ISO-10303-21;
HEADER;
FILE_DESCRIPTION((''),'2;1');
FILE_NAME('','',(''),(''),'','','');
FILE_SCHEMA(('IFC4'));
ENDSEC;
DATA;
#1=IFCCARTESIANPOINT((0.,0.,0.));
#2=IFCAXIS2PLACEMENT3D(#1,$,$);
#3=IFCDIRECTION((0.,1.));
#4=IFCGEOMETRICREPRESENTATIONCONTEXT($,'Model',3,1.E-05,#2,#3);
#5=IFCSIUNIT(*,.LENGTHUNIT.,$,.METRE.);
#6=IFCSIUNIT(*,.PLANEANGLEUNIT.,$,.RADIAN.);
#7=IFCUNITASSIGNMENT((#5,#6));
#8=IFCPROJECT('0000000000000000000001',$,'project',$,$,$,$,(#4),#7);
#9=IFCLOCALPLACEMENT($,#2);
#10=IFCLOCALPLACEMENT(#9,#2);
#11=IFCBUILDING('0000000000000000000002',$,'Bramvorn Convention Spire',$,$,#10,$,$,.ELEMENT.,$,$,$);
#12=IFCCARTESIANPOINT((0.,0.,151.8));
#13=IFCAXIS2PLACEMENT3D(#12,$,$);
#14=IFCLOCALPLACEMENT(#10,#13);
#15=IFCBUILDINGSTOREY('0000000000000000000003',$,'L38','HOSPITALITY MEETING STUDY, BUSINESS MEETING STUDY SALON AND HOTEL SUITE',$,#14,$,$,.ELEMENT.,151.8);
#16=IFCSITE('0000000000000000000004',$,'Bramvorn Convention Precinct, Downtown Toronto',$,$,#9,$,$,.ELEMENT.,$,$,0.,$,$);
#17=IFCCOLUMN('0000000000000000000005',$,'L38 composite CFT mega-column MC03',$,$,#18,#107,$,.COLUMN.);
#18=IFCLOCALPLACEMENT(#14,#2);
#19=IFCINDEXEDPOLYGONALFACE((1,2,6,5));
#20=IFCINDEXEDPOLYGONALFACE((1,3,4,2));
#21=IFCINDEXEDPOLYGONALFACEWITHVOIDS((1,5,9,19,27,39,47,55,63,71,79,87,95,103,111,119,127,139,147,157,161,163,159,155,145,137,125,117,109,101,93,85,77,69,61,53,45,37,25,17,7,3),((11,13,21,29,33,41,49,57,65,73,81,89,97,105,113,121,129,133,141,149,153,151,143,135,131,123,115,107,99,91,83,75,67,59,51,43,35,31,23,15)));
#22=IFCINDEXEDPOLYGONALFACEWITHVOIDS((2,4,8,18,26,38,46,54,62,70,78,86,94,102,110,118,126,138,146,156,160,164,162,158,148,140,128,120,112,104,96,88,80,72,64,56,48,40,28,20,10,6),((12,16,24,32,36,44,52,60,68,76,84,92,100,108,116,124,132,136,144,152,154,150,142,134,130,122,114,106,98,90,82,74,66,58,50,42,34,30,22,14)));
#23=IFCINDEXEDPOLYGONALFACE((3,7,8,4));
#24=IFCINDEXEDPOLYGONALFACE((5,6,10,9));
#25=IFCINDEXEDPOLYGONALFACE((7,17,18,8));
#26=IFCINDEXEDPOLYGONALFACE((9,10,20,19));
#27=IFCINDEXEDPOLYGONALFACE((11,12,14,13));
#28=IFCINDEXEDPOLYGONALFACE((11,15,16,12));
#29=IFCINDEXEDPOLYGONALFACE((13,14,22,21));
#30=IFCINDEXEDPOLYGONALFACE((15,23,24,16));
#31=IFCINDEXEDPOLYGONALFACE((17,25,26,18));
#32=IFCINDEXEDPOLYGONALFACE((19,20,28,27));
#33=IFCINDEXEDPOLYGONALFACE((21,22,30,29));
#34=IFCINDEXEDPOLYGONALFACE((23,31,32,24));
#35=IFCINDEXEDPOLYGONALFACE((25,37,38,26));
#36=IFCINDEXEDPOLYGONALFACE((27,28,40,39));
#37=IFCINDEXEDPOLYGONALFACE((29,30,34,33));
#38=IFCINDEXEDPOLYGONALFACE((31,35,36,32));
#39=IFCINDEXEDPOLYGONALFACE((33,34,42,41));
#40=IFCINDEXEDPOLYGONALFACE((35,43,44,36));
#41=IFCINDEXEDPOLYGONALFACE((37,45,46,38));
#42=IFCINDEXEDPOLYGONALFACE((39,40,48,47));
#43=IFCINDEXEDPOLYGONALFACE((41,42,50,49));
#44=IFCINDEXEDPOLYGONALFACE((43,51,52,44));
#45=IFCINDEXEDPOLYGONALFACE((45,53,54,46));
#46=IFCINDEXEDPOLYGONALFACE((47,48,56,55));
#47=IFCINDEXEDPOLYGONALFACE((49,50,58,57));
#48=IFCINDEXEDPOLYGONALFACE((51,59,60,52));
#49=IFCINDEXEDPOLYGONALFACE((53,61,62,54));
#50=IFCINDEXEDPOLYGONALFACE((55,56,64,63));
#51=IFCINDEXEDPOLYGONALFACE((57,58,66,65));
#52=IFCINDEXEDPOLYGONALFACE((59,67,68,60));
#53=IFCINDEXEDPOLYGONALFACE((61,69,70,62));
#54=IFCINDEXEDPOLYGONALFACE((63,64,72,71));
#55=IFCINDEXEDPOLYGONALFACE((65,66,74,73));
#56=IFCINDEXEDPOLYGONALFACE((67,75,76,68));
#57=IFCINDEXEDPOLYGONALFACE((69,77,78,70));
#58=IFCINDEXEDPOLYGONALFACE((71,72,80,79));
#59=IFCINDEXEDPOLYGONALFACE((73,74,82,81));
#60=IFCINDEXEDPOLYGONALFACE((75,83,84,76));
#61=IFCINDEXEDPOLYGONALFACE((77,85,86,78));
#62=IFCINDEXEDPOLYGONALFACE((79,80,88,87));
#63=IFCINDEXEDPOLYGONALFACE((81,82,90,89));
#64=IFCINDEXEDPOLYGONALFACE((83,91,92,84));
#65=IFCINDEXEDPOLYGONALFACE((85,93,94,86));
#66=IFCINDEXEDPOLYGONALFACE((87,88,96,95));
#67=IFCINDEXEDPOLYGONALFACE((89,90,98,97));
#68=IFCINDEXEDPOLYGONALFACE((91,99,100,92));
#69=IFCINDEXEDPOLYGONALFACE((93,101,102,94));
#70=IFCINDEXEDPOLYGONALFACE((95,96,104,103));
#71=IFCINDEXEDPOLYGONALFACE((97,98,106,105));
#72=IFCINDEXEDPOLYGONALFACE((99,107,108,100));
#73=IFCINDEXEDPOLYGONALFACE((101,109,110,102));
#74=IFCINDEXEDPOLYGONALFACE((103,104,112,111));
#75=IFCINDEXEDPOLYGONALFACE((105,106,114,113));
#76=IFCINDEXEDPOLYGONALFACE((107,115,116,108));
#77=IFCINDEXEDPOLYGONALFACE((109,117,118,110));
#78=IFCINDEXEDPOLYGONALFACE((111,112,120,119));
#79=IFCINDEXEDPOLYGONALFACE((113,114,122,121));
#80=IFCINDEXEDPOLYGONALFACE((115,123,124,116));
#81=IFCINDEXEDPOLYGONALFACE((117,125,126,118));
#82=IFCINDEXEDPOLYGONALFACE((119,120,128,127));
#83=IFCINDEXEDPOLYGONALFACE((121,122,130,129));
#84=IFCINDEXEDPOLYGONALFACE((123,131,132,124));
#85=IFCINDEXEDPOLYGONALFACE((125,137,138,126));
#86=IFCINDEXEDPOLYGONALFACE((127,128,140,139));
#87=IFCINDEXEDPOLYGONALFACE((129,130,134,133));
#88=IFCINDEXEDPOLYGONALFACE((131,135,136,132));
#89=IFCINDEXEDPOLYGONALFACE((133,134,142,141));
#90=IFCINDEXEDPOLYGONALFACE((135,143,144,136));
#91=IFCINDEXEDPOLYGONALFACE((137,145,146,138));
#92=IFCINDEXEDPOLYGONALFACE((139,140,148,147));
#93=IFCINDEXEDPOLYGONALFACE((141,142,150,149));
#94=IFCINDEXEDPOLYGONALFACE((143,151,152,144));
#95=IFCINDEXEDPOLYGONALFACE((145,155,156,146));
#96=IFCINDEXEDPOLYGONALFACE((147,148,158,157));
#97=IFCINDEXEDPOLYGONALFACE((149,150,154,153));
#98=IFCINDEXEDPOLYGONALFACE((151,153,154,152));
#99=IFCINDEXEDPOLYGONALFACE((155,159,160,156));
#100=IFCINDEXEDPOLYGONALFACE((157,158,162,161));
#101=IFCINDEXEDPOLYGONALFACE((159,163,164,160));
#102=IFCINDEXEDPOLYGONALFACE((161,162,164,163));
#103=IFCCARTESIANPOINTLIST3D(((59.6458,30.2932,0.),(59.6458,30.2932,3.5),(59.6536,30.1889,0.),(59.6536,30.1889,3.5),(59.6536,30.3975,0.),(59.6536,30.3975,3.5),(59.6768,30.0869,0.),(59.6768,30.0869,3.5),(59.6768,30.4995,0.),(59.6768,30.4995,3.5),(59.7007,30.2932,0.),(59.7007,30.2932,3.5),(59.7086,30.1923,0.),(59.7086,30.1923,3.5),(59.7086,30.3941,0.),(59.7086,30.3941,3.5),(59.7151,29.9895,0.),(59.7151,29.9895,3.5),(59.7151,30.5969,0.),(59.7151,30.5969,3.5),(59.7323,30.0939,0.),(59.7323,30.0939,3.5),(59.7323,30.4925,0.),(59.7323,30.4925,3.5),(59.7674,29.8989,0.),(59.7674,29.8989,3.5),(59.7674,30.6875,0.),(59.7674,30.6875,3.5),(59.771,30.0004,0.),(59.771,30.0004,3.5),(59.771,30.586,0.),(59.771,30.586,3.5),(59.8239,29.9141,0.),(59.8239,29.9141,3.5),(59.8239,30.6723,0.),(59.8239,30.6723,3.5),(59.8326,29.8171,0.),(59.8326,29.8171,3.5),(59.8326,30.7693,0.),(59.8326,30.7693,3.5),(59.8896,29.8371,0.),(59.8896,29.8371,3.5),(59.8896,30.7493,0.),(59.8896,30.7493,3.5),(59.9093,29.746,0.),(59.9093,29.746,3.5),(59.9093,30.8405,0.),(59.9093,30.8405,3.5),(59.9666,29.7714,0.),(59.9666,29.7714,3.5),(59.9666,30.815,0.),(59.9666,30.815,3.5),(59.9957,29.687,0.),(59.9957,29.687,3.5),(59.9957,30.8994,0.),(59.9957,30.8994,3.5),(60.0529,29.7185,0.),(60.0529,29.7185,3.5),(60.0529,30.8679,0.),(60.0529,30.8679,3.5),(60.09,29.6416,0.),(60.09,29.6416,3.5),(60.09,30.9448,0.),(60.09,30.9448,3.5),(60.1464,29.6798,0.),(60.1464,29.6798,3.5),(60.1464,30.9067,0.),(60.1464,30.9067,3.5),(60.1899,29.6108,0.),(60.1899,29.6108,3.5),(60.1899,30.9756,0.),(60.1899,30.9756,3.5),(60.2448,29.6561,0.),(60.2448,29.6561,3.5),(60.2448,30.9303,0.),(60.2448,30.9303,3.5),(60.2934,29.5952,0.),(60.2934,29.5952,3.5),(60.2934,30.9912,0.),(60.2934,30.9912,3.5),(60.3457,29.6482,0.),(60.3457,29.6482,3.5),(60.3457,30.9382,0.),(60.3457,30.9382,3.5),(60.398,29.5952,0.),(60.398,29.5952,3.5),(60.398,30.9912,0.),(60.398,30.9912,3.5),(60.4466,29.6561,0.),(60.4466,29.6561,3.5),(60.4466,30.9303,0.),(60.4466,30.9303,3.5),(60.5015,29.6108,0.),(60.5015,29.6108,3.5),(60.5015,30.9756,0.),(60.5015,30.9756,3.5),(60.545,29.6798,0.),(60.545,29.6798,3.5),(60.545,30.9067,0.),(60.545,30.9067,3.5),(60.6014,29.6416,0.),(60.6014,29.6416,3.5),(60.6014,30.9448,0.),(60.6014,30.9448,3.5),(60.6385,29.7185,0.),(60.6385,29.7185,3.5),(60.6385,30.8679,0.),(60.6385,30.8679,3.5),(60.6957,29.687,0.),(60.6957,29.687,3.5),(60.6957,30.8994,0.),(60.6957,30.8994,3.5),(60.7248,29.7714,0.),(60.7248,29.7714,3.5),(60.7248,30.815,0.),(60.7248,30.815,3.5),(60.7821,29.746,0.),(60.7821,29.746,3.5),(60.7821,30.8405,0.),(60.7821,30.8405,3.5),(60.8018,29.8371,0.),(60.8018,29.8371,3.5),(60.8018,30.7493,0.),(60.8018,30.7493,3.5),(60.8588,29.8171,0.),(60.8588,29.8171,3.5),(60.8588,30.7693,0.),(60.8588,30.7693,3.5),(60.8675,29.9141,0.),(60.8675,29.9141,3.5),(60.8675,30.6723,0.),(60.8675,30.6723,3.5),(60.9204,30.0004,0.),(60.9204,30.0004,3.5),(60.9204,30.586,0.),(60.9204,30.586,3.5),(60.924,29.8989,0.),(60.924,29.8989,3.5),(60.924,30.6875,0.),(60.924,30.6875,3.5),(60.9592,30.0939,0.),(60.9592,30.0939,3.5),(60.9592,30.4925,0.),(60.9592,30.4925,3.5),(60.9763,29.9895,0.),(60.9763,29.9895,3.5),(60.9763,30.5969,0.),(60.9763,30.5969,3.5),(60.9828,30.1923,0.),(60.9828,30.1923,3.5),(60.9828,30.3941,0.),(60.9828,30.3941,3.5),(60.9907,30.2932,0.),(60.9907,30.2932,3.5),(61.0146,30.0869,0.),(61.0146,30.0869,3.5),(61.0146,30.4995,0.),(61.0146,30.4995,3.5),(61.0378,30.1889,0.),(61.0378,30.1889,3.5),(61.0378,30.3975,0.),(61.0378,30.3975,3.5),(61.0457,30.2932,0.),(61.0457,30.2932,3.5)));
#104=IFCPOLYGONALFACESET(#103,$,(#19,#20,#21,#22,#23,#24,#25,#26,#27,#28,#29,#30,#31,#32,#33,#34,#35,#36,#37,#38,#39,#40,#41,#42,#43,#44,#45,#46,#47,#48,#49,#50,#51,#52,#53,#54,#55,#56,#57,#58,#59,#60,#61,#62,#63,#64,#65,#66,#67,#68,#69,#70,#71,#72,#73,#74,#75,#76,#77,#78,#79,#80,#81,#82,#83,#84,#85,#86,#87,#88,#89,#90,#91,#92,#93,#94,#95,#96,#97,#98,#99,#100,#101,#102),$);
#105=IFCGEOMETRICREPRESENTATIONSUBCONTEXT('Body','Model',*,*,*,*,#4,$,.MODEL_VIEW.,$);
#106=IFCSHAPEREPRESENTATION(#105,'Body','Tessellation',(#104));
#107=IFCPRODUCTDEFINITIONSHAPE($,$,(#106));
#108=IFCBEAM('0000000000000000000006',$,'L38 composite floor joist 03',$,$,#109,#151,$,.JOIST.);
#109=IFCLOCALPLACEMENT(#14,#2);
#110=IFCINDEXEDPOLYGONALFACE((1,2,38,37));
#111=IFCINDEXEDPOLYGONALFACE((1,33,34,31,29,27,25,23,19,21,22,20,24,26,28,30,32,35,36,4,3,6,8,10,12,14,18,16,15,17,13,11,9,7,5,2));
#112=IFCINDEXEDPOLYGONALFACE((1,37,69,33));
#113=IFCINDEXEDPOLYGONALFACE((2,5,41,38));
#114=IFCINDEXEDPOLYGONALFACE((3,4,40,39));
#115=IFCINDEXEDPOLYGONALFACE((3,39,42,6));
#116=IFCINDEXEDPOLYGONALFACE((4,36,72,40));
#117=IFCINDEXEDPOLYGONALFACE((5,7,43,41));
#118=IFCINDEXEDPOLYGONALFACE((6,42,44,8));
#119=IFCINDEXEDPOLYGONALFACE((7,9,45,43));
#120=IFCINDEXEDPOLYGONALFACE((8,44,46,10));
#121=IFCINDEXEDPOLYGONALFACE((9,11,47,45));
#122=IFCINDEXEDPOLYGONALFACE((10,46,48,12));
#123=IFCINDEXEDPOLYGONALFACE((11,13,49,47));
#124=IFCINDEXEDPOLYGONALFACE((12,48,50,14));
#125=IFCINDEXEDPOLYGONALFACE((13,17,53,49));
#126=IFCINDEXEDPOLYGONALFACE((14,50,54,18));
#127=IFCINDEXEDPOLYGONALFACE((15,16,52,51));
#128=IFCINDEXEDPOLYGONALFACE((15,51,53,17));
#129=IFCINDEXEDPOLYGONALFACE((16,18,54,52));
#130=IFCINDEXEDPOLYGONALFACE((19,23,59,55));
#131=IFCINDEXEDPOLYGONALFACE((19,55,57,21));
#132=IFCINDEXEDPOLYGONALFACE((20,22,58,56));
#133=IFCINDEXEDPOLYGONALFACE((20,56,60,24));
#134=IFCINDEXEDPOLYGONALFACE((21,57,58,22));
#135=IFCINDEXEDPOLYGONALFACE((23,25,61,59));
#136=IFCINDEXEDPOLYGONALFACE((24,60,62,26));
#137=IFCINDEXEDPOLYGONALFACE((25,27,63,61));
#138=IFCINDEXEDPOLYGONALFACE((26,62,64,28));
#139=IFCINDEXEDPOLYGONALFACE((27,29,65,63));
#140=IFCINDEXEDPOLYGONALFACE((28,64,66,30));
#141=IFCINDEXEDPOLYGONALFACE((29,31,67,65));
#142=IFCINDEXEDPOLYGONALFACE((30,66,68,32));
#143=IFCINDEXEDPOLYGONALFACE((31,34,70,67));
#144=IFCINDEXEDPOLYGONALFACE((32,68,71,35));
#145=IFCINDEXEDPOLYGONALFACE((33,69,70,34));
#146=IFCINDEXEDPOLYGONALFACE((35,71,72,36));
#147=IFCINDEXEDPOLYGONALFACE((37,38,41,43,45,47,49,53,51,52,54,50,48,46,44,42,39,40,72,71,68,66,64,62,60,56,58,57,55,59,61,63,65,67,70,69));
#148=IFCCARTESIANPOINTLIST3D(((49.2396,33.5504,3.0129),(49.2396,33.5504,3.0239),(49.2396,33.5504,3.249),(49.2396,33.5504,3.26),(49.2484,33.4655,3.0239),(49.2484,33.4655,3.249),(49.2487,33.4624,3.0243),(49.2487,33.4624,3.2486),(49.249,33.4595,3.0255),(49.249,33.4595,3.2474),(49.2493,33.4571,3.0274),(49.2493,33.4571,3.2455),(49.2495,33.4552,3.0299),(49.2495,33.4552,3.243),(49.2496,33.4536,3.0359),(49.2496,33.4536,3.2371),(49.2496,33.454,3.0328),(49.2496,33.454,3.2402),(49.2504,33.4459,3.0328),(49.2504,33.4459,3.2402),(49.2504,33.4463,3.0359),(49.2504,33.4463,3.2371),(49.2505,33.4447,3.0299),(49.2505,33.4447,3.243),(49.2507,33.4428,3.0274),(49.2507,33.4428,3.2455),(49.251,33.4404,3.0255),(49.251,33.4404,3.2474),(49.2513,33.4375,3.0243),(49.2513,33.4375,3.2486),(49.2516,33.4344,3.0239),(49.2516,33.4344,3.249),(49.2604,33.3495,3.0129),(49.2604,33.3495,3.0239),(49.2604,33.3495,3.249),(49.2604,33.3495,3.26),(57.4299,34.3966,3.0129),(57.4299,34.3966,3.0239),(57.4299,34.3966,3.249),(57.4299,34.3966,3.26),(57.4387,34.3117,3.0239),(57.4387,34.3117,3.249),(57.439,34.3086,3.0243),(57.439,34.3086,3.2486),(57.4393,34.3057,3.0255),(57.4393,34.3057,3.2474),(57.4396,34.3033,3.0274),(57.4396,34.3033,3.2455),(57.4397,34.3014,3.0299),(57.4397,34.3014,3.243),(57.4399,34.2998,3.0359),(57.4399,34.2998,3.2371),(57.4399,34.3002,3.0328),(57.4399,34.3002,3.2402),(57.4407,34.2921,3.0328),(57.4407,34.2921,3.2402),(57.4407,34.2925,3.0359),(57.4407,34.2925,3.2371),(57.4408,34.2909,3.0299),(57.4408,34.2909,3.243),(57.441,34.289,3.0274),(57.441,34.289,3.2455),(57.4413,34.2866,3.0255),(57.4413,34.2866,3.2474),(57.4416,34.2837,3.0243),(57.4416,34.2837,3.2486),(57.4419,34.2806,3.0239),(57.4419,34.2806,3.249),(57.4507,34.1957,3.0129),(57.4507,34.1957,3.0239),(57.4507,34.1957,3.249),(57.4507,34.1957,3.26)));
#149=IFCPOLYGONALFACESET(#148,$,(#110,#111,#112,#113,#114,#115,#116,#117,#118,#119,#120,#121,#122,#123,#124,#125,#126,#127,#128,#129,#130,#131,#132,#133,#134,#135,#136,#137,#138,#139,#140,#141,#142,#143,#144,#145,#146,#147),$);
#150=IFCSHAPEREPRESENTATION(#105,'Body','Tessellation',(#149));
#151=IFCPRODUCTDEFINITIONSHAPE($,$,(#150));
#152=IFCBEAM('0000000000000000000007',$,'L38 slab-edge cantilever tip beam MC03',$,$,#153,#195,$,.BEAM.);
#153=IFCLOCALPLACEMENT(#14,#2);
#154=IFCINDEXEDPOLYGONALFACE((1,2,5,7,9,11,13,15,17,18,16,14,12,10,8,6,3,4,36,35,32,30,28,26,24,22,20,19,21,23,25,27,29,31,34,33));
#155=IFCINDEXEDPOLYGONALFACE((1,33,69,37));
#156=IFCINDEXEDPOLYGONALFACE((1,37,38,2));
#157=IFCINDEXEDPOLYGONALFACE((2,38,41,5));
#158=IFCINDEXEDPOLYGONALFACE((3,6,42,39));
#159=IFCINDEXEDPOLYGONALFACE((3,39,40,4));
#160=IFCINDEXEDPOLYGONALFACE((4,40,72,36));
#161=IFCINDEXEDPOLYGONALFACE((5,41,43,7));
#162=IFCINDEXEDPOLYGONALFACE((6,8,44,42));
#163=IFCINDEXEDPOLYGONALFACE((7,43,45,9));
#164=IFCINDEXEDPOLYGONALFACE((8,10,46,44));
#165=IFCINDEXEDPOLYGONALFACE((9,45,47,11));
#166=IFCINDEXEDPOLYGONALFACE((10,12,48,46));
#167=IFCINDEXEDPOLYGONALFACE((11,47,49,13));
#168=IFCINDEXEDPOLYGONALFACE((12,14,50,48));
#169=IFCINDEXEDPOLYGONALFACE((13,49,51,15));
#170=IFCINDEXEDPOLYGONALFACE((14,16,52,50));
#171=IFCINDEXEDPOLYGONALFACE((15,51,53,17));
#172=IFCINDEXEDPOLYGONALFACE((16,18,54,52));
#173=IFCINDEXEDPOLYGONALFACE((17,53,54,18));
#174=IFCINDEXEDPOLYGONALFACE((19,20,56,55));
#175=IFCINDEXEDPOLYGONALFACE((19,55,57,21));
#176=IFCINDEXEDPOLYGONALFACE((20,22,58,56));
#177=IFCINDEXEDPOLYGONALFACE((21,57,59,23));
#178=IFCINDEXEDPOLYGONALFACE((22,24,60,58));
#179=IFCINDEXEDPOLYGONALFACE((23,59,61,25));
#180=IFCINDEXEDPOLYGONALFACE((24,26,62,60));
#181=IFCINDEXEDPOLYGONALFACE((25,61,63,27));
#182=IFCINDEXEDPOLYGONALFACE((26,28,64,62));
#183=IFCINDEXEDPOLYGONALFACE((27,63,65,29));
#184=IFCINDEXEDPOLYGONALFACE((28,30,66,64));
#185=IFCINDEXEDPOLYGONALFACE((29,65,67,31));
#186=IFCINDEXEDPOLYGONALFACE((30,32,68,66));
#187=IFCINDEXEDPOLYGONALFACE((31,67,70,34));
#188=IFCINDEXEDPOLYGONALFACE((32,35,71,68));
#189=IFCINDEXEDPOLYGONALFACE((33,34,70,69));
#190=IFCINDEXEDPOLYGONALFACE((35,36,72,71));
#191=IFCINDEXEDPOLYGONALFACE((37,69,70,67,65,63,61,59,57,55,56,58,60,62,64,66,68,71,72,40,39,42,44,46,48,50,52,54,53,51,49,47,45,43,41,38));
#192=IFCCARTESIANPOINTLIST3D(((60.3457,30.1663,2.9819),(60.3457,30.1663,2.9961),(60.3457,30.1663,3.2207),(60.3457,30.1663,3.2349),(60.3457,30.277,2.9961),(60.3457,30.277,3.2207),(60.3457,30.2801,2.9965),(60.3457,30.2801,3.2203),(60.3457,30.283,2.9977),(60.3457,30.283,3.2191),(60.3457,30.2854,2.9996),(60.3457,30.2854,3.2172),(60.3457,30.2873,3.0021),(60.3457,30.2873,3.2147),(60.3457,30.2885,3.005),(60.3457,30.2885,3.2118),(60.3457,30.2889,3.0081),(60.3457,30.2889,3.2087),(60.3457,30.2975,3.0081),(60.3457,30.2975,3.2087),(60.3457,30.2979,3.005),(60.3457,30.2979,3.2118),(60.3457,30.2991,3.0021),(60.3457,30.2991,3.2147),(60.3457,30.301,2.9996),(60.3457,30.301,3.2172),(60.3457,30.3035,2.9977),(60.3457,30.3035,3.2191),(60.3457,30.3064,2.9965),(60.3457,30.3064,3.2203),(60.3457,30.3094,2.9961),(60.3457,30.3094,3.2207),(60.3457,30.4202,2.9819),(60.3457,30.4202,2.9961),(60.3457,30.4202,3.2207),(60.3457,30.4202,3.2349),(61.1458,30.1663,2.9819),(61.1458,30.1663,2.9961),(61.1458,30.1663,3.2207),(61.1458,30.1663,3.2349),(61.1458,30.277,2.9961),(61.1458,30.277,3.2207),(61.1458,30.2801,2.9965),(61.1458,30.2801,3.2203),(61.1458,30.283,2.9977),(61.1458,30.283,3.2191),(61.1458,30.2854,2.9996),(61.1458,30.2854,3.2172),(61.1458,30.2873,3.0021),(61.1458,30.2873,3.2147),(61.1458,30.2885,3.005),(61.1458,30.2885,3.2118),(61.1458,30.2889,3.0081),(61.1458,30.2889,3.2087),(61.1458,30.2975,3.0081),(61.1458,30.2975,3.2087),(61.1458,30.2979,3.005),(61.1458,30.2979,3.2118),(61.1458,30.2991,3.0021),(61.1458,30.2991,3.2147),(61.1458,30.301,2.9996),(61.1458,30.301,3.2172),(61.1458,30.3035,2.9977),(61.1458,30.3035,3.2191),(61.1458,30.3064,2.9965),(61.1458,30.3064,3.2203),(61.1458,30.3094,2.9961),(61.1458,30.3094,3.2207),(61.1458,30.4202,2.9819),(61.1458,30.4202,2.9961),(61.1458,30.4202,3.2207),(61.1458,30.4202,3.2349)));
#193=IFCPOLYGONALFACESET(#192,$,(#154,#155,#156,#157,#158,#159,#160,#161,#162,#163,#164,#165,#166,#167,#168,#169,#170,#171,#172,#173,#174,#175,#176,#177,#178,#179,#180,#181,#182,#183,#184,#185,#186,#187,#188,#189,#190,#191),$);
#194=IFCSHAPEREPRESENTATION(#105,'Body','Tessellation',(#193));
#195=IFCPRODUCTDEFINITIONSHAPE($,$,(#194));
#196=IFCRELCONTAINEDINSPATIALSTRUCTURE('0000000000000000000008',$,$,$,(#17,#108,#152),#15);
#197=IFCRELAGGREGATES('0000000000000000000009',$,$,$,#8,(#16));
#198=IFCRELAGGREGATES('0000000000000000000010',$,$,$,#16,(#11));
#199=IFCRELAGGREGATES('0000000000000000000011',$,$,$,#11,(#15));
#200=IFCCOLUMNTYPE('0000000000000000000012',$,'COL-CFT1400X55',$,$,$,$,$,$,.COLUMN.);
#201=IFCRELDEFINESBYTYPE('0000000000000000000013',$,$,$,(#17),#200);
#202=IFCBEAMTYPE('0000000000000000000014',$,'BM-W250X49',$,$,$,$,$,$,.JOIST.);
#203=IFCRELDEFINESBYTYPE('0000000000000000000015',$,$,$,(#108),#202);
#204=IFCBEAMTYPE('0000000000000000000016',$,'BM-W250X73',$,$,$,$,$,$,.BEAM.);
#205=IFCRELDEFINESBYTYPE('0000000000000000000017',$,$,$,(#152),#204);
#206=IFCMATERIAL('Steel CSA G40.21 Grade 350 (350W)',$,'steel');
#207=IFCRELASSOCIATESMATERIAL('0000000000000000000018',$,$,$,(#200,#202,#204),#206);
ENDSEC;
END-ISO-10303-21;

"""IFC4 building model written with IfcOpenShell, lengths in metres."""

from ifc_helpers import new_model, si_unit, direction, frame, origin, origin_2d, place, context, subcontext, project, spatial, hollow_circle, i_section, extrude, material, material_profile, profile_set, type_object, element, save


model = new_model("IFC4")

# Units and contexts
model_context = context("Model", 3, precision=1e-05, world=origin(), true_north=direction((0.0, 1.0)))
body_context = subcontext(model_context, "Body", "Model", "MODEL_VIEW")
ifc_project = project(units=[si_unit("LENGTHUNIT", "METRE"), si_unit("PLANEANGLEUNIT", "RADIAN")], contexts=[model_context])

# Site, building, storey
site_placement = place(None, origin())
site = spatial("IfcSite", under=ifc_project, at=site_placement, Name="Bramvorn Convention Precinct, Downtown Toronto", CompositionType="ELEMENT", RefElevation=0.0)
building_placement = place(site_placement, origin())
building = spatial("IfcBuilding", under=site, at=building_placement, Name="Bramvorn Convention Spire", CompositionType="ELEMENT")
storey_placement = place(building_placement, frame((0.0, 0.0, 151.8)))
storey = spatial("IfcBuildingStorey", under=building, at=storey_placement, Name="L38", Description="HOSPITALITY MEETING STUDY, BUSINESS MEETING STUDY SALON AND HOTEL SUITE", CompositionType="ELEMENT", Elevation=151.8)

# Column
ifc_material_1 = material(Name="Steel CSA G40.21 Grade 350 (350W)", Category="steel")
ifc_material_profile_1 = material_profile(ifc_material_1, hollow_circle(Radius=0.7, WallThickness=0.0549, at=origin_2d()))
ifc_profile_set_1 = profile_set([ifc_material_profile_1], Name="Steel CSA G40.21 Grade 350 (350W) - CFT1400X55")
column_type = type_object("IfcColumnType", Name="COL-CFT1400X55", PredefinedType="COLUMN", material=ifc_profile_set_1)
column_placement = place(storey_placement, frame((60.3457, 30.2932, 0.0), z_axis=(0.0, 0.0, 1.0), x_axis=(1.0, 0.0, 0.0)))
element("IfcColumn", 1, at=column_placement, inside=storey, type_object=column_type, Name="L38 composite CFT mega-column MC03", PredefinedType="COLUMN", context=body_context, shape_type="SweptSolid", body=[
    extrude(hollow_circle(Radius=0.7, WallThickness=0.0549, at=origin_2d()), origin(), (0.0, 0.0, 1.0), 3.5),
])

# Beams
ifc_material_profile_2 = material_profile(ifc_material_1, i_section(OverallWidth=0.2019, OverallDepth=0.2471, WebThickness=0.0073, FlangeThickness=0.011, FilletRadius=0.012, at=origin_2d()))
ifc_profile_set_2 = profile_set([ifc_material_profile_2], Name="Steel CSA G40.21 Grade 350 (350W) - W250X49")
beam_type_1 = type_object("IfcBeamType", Name="BM-W250X49", PredefinedType="JOIST", material=ifc_profile_set_2)
beam_1_placement = place(storey_placement, frame((49.25, 33.45, 3.1365), z_axis=(0.994705, 0.102771, 0.0), x_axis=(-0.102771, 0.994705, 0.0)))
element("IfcBeam", 2, at=beam_1_placement, inside=storey, type_object=beam_type_1, Name="L38 composite floor joist 03", PredefinedType="JOIST", context=body_context, shape_type="SweptSolid", body=[
    extrude(i_section(OverallWidth=0.2019, OverallDepth=0.2471, WebThickness=0.0073, FlangeThickness=0.011, FilletRadius=0.012, at=origin_2d()), origin(), (0.0, 0.0, 1.0), 8.2339),
])
ifc_material_profile_3 = material_profile(ifc_material_1, i_section(OverallWidth=0.2539, OverallDepth=0.2529, WebThickness=0.0085, FlangeThickness=0.0142, FilletRadius=0.012, at=origin_2d()))
ifc_profile_set_3 = profile_set([ifc_material_profile_3], Name="Steel CSA G40.21 Grade 350 (350W) - W250X73")
beam_type_2 = type_object("IfcBeamType", Name="BM-W250X73", PredefinedType="BEAM", material=ifc_profile_set_3)
beam_2_placement = place(storey_placement, frame((60.3457, 30.2932, 3.1084), z_axis=(1.0, 0.0, 0.0), x_axis=(0.0, 1.0, 0.0)))
element("IfcBeam", 3, at=beam_2_placement, inside=storey, type_object=beam_type_2, Name="L38 slab-edge cantilever tip beam MC03", PredefinedType="BEAM", context=body_context, shape_type="SweptSolid", body=[
    extrude(i_section(OverallWidth=0.2539, OverallDepth=0.2529, WebThickness=0.0085, FlangeThickness=0.0142, FilletRadius=0.012, at=origin_2d()), origin(), (0.0, 0.0, 1.0), 0.8),
])

save(model, "model.ifc")
